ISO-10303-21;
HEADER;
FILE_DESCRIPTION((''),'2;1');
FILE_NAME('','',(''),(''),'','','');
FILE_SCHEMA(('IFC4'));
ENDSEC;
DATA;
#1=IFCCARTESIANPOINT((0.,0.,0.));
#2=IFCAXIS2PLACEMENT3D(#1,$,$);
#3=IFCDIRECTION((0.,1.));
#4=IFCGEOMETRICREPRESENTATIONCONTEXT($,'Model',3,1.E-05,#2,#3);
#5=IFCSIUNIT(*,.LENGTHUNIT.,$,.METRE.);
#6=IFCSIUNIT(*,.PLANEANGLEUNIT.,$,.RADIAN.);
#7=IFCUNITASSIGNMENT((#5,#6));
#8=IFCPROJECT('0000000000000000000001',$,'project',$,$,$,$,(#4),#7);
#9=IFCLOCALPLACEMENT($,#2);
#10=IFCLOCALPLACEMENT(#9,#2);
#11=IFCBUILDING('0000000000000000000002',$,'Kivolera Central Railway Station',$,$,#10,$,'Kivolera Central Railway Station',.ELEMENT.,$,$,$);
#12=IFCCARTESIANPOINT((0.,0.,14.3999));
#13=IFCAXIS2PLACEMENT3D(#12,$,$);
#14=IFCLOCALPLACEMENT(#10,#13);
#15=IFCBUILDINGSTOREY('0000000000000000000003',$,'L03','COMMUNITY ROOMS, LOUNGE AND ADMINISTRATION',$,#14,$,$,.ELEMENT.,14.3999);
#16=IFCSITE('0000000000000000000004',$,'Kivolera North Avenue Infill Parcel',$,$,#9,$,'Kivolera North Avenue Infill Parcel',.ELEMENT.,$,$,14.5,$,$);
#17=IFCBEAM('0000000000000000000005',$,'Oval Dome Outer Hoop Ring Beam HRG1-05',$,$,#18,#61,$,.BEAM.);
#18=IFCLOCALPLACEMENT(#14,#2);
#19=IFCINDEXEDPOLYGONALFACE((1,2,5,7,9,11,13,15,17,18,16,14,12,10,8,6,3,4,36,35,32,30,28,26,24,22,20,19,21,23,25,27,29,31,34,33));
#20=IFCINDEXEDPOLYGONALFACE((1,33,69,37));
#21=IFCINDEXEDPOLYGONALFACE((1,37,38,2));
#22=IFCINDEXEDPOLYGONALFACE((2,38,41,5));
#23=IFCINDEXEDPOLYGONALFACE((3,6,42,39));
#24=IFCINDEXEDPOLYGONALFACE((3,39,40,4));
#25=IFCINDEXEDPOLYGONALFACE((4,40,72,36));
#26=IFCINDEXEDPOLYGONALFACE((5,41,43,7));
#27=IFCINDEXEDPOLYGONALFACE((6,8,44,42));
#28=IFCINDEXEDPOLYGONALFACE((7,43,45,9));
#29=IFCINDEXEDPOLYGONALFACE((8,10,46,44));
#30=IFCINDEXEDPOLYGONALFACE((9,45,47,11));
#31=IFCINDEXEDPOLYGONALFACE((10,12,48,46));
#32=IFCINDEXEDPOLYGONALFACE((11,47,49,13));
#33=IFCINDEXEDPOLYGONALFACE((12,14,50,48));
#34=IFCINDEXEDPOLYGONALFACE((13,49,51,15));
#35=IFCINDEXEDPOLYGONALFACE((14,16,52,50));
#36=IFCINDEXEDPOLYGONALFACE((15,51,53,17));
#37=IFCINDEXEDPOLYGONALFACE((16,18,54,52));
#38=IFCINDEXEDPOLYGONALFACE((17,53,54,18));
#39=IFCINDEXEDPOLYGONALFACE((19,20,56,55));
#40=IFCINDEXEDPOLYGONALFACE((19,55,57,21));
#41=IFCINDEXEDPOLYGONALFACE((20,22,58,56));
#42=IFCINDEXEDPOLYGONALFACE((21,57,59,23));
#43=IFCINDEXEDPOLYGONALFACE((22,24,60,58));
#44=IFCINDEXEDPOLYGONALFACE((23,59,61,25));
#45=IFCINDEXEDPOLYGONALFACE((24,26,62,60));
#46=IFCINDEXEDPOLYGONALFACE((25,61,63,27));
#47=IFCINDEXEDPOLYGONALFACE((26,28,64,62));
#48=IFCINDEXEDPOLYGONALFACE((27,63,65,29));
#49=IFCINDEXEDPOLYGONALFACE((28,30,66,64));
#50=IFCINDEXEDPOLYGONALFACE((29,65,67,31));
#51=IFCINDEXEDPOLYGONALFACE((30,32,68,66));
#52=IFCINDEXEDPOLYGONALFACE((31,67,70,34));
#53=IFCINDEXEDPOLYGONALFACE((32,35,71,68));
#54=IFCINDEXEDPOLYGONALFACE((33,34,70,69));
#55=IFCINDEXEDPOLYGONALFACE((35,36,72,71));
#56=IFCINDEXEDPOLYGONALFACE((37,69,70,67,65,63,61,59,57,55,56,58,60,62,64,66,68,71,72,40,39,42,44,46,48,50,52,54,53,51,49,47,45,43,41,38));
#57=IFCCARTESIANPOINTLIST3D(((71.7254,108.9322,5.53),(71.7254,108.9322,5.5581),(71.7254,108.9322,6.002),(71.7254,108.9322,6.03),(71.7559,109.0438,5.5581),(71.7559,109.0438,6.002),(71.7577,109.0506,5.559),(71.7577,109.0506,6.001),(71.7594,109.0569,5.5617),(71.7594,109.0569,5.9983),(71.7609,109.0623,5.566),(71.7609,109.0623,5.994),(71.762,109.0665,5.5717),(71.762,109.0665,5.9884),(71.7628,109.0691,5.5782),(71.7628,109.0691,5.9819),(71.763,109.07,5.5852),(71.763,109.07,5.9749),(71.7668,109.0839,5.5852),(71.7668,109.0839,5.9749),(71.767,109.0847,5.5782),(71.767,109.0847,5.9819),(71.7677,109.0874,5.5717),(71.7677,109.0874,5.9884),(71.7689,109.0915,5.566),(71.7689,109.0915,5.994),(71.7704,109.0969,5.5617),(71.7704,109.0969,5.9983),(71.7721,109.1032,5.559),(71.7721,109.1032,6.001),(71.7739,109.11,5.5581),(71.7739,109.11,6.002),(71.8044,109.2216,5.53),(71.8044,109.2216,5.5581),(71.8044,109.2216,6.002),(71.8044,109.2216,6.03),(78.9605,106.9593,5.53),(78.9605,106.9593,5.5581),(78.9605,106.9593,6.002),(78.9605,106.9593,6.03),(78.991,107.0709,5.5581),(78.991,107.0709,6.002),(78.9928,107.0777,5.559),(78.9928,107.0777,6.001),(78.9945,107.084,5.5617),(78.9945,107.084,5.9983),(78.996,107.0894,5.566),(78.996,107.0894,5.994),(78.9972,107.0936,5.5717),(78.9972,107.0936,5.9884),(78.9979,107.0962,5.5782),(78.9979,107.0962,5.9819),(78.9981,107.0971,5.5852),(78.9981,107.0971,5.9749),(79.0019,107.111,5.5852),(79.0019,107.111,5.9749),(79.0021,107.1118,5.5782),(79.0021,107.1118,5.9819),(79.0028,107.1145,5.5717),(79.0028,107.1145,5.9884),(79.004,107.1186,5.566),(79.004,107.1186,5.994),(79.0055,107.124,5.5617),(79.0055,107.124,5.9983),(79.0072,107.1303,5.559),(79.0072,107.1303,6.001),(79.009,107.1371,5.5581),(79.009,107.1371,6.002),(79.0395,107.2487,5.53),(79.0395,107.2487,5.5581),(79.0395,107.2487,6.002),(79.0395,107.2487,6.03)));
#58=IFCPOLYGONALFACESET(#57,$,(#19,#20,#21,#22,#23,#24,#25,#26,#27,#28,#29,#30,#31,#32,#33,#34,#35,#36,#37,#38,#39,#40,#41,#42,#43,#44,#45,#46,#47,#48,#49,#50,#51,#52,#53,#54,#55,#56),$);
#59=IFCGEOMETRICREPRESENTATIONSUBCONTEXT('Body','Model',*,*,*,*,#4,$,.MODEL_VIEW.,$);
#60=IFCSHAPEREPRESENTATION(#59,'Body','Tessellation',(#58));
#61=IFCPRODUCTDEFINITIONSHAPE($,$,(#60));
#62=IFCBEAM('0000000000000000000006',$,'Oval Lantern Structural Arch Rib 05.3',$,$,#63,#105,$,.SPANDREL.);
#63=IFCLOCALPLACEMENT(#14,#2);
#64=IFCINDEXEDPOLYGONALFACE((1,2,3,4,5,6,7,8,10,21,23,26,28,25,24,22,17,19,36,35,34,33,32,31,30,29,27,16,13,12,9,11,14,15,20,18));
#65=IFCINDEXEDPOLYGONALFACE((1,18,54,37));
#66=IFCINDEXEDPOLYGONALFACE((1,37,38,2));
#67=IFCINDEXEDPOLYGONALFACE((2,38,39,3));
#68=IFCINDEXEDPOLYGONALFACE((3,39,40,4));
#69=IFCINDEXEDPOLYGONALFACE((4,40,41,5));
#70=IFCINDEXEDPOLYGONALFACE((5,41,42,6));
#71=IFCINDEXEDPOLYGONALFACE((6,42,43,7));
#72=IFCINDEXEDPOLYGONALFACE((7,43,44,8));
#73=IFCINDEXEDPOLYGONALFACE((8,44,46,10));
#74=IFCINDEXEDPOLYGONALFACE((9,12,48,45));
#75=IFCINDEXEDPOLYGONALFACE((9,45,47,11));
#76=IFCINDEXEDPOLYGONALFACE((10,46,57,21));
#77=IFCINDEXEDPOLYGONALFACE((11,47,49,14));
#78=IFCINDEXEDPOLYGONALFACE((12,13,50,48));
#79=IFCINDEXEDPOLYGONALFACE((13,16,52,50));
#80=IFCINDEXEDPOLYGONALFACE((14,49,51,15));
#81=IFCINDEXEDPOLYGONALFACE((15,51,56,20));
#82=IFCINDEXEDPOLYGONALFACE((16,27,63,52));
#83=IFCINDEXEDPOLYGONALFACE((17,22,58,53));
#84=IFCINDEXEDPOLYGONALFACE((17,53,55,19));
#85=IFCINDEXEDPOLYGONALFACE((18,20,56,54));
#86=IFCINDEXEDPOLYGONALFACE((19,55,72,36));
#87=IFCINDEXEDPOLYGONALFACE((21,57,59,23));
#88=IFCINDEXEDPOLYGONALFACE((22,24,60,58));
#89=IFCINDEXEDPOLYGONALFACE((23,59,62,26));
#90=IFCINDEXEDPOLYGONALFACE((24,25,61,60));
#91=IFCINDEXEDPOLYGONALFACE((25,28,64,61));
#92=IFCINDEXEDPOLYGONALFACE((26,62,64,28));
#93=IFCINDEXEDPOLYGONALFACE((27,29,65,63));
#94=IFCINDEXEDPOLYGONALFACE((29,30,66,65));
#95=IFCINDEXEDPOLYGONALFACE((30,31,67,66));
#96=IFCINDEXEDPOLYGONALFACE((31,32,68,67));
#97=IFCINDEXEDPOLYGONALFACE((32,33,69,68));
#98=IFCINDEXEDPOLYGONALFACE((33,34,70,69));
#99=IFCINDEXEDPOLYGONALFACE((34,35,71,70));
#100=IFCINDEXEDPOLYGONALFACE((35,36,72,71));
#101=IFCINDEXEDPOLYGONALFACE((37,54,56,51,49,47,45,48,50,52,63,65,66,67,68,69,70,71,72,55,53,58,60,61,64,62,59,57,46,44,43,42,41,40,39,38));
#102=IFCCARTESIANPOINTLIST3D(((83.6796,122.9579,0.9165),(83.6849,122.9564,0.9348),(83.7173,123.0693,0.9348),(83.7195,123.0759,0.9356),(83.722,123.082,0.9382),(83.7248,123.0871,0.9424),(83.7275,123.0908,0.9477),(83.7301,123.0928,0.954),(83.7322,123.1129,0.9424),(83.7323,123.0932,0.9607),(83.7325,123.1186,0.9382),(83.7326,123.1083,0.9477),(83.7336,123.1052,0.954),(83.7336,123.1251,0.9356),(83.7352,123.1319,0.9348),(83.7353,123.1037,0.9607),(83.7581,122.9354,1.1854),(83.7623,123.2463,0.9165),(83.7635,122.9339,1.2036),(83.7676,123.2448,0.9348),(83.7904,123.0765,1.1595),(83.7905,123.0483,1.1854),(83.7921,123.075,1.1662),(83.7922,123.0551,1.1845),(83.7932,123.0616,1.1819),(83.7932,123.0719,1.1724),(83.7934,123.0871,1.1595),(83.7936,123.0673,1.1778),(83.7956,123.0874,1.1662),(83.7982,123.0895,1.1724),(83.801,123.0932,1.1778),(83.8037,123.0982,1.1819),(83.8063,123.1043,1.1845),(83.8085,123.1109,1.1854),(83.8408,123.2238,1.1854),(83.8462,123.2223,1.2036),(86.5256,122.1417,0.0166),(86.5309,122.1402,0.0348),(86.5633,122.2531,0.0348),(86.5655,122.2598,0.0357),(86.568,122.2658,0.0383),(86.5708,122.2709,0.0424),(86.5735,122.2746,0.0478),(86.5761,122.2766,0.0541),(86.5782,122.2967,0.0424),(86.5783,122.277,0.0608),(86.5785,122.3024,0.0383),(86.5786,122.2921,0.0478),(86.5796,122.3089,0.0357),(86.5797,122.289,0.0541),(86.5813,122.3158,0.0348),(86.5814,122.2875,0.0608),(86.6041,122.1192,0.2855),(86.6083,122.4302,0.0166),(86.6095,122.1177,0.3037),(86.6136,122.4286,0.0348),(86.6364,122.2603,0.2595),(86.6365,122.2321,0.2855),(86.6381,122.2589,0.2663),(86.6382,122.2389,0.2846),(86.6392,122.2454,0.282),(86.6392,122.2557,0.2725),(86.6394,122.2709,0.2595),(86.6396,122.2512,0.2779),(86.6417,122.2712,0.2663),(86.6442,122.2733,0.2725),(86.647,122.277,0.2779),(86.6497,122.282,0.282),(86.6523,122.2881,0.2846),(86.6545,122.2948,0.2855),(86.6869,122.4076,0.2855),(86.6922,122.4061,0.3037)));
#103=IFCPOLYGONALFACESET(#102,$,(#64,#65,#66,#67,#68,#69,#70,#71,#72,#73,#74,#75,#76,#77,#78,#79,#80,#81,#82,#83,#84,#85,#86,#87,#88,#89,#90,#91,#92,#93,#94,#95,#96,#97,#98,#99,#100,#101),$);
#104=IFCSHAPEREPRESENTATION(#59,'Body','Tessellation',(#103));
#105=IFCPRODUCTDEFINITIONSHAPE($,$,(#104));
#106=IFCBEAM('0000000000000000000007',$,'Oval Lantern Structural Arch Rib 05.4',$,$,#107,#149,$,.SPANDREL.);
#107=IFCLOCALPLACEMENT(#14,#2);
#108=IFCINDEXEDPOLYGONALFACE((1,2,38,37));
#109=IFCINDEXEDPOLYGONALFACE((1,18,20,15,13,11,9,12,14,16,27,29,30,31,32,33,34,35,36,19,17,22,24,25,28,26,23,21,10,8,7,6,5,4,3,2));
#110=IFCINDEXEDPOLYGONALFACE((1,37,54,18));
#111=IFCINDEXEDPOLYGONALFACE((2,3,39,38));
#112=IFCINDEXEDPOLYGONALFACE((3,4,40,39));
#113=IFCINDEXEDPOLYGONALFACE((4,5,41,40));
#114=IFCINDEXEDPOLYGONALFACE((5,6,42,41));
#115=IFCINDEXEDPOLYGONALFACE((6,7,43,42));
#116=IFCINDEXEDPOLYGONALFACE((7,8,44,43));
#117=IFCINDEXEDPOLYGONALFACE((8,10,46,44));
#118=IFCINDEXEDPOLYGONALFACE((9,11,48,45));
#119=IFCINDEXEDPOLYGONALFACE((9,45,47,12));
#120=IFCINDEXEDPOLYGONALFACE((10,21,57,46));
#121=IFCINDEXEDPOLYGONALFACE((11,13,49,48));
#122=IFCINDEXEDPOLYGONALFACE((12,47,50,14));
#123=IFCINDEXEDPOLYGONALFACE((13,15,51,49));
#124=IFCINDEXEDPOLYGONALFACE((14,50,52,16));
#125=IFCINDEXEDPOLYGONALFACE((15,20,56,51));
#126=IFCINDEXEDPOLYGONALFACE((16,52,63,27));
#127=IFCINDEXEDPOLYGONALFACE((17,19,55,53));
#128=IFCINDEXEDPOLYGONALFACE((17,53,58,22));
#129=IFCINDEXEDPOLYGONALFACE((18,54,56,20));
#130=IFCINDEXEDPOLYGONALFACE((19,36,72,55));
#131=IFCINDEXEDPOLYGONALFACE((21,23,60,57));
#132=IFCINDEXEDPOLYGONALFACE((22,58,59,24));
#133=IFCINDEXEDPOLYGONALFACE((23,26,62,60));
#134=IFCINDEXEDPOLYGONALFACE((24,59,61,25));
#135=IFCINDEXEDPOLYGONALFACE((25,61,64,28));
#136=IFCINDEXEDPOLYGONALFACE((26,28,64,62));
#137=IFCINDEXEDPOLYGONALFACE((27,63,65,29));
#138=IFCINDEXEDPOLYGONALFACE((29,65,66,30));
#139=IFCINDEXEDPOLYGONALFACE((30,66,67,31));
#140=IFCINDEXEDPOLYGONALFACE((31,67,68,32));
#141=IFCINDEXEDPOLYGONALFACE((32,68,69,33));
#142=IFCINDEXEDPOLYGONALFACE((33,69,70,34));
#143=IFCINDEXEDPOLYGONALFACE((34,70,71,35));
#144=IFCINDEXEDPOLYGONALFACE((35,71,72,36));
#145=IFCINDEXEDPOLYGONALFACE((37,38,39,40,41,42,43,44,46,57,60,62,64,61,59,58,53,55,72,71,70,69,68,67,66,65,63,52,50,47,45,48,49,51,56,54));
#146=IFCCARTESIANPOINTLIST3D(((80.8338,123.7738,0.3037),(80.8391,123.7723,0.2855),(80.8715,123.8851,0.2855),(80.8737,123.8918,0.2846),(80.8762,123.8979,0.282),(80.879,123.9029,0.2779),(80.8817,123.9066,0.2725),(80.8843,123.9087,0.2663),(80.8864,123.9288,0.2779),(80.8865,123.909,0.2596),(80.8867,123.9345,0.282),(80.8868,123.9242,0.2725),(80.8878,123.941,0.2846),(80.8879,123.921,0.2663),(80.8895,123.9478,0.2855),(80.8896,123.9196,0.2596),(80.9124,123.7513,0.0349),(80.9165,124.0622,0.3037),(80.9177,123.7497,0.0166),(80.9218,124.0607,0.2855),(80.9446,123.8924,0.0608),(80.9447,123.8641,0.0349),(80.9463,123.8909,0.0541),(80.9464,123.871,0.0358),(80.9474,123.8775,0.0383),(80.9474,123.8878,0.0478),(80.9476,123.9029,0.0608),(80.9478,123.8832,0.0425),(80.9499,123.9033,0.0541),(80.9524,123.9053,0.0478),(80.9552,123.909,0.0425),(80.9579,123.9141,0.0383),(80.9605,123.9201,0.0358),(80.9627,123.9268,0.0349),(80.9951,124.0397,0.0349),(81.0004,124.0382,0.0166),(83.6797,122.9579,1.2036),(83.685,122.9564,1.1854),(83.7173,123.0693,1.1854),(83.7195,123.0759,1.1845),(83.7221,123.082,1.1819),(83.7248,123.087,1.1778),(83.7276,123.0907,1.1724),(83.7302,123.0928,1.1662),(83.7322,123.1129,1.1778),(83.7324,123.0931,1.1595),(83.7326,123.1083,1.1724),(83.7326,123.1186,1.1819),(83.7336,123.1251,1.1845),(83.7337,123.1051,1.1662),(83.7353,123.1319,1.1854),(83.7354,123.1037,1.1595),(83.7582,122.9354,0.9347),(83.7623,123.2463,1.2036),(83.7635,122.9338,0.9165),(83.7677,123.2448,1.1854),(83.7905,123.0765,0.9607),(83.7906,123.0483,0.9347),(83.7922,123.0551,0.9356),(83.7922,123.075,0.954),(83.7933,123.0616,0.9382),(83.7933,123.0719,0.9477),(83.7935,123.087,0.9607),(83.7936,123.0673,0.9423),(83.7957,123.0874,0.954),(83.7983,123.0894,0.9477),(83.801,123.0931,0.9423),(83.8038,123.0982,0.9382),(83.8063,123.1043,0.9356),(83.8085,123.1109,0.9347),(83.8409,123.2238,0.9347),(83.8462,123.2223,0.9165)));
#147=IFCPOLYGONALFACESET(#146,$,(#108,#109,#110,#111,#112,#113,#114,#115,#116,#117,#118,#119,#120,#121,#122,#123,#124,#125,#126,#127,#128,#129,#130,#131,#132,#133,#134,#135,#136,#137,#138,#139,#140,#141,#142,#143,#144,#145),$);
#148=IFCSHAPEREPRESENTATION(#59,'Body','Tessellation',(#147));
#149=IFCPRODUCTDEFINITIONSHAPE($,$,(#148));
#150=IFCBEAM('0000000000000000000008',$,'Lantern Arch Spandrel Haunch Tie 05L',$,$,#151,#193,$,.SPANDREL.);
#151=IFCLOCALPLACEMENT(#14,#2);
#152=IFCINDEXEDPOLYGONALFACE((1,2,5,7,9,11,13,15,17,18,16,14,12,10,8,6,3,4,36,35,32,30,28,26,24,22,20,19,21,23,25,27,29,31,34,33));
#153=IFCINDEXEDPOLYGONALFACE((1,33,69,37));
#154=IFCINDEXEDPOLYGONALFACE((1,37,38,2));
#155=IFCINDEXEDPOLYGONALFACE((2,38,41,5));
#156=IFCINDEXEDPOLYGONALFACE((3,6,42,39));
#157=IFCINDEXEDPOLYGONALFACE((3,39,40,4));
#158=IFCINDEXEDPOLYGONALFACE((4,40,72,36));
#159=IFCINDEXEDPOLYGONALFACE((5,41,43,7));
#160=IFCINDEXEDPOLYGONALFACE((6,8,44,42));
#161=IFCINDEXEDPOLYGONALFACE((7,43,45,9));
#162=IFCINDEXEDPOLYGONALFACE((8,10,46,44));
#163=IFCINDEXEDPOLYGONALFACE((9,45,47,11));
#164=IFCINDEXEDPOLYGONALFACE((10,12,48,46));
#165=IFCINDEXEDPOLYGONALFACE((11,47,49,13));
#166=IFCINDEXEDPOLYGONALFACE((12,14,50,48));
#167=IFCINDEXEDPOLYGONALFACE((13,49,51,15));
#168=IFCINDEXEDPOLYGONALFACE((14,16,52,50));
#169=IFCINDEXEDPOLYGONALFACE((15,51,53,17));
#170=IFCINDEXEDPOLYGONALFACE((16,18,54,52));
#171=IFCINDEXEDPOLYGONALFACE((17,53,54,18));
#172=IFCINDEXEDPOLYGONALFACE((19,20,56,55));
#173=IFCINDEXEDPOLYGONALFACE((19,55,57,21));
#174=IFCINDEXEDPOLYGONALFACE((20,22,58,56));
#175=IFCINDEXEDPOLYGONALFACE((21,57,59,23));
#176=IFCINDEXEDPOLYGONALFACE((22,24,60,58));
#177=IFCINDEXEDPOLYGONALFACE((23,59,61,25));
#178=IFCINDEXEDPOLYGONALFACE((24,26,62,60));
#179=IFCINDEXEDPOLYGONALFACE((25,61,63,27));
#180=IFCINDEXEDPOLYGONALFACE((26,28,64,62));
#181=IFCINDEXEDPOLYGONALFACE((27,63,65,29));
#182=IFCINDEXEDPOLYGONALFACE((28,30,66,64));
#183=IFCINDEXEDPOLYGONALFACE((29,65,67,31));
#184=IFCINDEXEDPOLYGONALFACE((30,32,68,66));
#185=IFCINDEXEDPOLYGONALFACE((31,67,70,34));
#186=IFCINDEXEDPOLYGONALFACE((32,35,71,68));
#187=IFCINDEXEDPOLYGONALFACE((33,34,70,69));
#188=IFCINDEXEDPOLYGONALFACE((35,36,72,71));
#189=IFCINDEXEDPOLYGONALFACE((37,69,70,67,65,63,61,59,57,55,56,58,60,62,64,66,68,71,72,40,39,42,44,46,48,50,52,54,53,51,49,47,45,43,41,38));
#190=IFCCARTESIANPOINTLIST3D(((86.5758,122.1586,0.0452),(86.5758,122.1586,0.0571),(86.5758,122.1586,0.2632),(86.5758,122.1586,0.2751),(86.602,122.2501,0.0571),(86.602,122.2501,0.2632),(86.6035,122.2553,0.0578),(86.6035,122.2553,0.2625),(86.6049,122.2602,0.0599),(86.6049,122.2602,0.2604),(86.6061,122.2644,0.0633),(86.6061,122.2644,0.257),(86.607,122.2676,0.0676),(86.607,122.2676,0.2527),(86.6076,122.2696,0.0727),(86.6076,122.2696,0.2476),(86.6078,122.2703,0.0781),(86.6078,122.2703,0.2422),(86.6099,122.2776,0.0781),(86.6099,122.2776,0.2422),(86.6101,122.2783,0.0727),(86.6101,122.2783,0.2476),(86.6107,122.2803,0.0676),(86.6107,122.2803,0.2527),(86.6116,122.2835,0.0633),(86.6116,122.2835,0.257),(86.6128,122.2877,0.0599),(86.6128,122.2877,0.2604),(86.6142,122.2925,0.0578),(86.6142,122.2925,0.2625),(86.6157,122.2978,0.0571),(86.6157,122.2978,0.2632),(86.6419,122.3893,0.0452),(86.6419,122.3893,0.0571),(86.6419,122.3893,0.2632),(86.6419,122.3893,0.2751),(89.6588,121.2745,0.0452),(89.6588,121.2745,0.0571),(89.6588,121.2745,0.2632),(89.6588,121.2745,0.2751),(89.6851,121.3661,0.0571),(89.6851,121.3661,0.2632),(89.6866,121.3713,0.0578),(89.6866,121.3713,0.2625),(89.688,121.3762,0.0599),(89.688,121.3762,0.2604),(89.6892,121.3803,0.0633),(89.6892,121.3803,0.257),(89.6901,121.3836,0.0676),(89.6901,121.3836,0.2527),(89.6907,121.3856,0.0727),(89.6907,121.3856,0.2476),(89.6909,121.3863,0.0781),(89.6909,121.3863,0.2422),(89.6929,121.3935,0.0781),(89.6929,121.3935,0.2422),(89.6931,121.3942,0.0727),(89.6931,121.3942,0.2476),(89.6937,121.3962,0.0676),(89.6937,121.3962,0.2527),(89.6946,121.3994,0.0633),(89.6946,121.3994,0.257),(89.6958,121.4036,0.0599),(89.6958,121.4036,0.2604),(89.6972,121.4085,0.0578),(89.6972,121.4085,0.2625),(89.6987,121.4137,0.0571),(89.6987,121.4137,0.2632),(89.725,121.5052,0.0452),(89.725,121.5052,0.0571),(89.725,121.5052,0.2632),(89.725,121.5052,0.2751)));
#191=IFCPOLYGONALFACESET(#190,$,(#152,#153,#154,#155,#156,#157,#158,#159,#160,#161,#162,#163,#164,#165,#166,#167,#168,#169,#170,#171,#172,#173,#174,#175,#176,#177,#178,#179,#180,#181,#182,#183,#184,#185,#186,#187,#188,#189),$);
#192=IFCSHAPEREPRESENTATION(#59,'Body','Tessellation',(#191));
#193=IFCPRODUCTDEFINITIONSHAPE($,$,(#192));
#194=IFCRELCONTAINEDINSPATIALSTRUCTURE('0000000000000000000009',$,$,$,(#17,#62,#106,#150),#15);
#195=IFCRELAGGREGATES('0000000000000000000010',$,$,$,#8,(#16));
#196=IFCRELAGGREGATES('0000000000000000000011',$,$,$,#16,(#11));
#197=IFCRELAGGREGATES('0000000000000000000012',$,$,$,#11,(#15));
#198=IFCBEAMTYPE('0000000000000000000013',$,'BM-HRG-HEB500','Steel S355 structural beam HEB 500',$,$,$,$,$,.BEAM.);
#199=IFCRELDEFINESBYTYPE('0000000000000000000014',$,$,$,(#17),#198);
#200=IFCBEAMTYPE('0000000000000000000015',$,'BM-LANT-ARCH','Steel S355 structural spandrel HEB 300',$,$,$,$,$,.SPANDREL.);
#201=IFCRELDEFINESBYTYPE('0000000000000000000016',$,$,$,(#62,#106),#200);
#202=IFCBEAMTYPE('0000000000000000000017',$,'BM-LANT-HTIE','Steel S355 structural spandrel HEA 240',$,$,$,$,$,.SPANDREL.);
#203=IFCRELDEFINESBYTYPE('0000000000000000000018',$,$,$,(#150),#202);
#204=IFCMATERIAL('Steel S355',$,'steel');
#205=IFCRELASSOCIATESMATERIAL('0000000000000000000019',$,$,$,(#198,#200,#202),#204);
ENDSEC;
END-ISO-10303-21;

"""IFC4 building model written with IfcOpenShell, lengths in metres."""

from ifc_helpers import new_model, si_unit, direction, frame, origin, origin_2d, place, context, subcontext, project, spatial, i_section, extrude, material, material_profile, profile_set, type_object, element, save


model = new_model("IFC4")

# Units and contexts
model_context = context("Model", 3, precision=1e-05, world=origin(), true_north=direction((0.0, 1.0)))
body_context = subcontext(model_context, "Body", "Model", "MODEL_VIEW")
ifc_project = project(units=[si_unit("LENGTHUNIT", "METRE"), si_unit("PLANEANGLEUNIT", "RADIAN")], contexts=[model_context])

# Site, building, storey
site_placement = place(None, origin())
site = spatial("IfcSite", under=ifc_project, at=site_placement, Name="Kivolera North Avenue Infill Parcel", LongName="Kivolera North Avenue Infill Parcel", CompositionType="ELEMENT", RefElevation=14.5)
building_placement = place(site_placement, origin())
building = spatial("IfcBuilding", under=site, at=building_placement, Name="Kivolera Central Railway Station", LongName="Kivolera Central Railway Station", CompositionType="ELEMENT")
storey_placement = place(building_placement, frame((0.0, 0.0, 14.3999)))
storey = spatial("IfcBuildingStorey", under=building, at=storey_placement, Name="L03", Description="COMMUNITY ROOMS, LOUNGE AND ADMINISTRATION", CompositionType="ELEMENT", Elevation=14.3999)

# Beams
ifc_material_1 = material(Name="Steel S355", Category="steel")
ifc_material_profile_1 = material_profile(ifc_material_1, i_section(OverallWidth=0.3, OverallDepth=0.5, WebThickness=0.0144, FlangeThickness=0.0281, FilletRadius=0.0271, at=origin_2d()), Name="HEB 500")
ifc_profile_set_1 = profile_set([ifc_material_profile_1], Name="Steel S355")
beam_type_1 = type_object("IfcBeamType", Name="BM-HRG-HEB500", Description="Steel S355 structural beam HEB 500", PredefinedType="BEAM", material=ifc_profile_set_1)
beam_1_placement = place(storey_placement, frame((79.0, 107.104, 5.78), z_axis=(-0.964774, 0.263079, 0.0), x_axis=(-0.263079, -0.964774, 0.0)))
element("IfcBeam", 1, at=beam_1_placement, inside=storey, type_object=beam_type_1, Name="Oval Dome Outer Hoop Ring Beam HRG1-05", PredefinedType="BEAM", context=body_context, shape_type="SweptSolid", body=[
    extrude(i_section(OverallWidth=0.3, OverallDepth=0.5, WebThickness=0.0144, FlangeThickness=0.0281, FilletRadius=0.0271, at=origin_2d()), origin(), (0.0, 0.0, 1.0), 7.4993),
])
ifc_material_profile_2 = material_profile(ifc_material_1, i_section(OverallWidth=0.3, OverallDepth=0.3, WebThickness=0.011, FlangeThickness=0.019, FilletRadius=0.0271, at=origin_2d()), Name="HEB 300")
ifc_profile_set_2 = profile_set([ifc_material_profile_2], Name="Steel S355")
beam_type_2 = type_object("IfcBeamType", Name="BM-LANT-ARCH", Description="Steel S355 structural spandrel HEB 300", PredefinedType="SPANDREL", material=ifc_profile_set_2)
beam_2_placement = place(storey_placement, frame((86.6089, 122.2739, 0.1602), z_axis=(-0.919707, 0.263754, 0.290816), x_axis=(-0.275669, -0.961253, 0.0)))
element("IfcBeam", 2, at=beam_2_placement, inside=storey, type_object=beam_type_2, Name="Oval Lantern Structural Arch Rib 05.3", PredefinedType="SPANDREL", context=body_context, shape_type="SweptSolid", body=[
    extrude(i_section(OverallWidth=0.3, OverallDepth=0.3, WebThickness=0.011, FlangeThickness=0.019, FilletRadius=0.0271, at=origin_2d()), origin(), (0.0, 0.0, 1.0), 3.0945),
])
beam_3_placement = place(storey_placement, frame((83.7629, 123.0901, 1.0601), z_axis=(-0.919726, 0.26368, -0.290822), x_axis=(-0.275592, -0.961275, 0.0)))
element("IfcBeam", 3, at=beam_3_placement, inside=storey, type_object=beam_type_2, Name="Oval Lantern Structural Arch Rib 05.4", PredefinedType="SPANDREL", context=body_context, shape_type="SweptSolid", body=[
    extrude(i_section(OverallWidth=0.3, OverallDepth=0.3, WebThickness=0.011, FlangeThickness=0.019, FilletRadius=0.0271, at=origin_2d()), origin(), (0.0, 0.0, 1.0), 3.0942),
])
ifc_material_profile_3 = material_profile(ifc_material_1, i_section(OverallWidth=0.24, OverallDepth=0.23, WebThickness=0.0076, FlangeThickness=0.012, FilletRadius=0.021, at=origin_2d()), Name="HEA 240")
ifc_profile_set_3 = profile_set([ifc_material_profile_3], Name="Steel S355")
beam_type_3 = type_object("IfcBeamType", Name="BM-LANT-HTIE", Description="Steel S355 structural spandrel HEA 240", PredefinedType="SPANDREL", material=ifc_profile_set_3)
beam_4_placement = place(storey_placement, frame((89.6919, 121.3899, 0.1602), z_axis=(-0.961262, 0.275636, 0.0), x_axis=(-0.275636, -0.961262, 0.0)))
element("IfcBeam", 4, at=beam_4_placement, inside=storey, type_object=beam_type_3, Name="Lantern Arch Spandrel Haunch Tie 05L", PredefinedType="SPANDREL", context=body_context, shape_type="SweptSolid", body=[
    extrude(i_section(OverallWidth=0.24, OverallDepth=0.23, WebThickness=0.0076, FlangeThickness=0.012, FilletRadius=0.021, at=origin_2d()), origin(), (0.0, 0.0, 1.0), 3.2073),
])

save(model, "model.ifc")
